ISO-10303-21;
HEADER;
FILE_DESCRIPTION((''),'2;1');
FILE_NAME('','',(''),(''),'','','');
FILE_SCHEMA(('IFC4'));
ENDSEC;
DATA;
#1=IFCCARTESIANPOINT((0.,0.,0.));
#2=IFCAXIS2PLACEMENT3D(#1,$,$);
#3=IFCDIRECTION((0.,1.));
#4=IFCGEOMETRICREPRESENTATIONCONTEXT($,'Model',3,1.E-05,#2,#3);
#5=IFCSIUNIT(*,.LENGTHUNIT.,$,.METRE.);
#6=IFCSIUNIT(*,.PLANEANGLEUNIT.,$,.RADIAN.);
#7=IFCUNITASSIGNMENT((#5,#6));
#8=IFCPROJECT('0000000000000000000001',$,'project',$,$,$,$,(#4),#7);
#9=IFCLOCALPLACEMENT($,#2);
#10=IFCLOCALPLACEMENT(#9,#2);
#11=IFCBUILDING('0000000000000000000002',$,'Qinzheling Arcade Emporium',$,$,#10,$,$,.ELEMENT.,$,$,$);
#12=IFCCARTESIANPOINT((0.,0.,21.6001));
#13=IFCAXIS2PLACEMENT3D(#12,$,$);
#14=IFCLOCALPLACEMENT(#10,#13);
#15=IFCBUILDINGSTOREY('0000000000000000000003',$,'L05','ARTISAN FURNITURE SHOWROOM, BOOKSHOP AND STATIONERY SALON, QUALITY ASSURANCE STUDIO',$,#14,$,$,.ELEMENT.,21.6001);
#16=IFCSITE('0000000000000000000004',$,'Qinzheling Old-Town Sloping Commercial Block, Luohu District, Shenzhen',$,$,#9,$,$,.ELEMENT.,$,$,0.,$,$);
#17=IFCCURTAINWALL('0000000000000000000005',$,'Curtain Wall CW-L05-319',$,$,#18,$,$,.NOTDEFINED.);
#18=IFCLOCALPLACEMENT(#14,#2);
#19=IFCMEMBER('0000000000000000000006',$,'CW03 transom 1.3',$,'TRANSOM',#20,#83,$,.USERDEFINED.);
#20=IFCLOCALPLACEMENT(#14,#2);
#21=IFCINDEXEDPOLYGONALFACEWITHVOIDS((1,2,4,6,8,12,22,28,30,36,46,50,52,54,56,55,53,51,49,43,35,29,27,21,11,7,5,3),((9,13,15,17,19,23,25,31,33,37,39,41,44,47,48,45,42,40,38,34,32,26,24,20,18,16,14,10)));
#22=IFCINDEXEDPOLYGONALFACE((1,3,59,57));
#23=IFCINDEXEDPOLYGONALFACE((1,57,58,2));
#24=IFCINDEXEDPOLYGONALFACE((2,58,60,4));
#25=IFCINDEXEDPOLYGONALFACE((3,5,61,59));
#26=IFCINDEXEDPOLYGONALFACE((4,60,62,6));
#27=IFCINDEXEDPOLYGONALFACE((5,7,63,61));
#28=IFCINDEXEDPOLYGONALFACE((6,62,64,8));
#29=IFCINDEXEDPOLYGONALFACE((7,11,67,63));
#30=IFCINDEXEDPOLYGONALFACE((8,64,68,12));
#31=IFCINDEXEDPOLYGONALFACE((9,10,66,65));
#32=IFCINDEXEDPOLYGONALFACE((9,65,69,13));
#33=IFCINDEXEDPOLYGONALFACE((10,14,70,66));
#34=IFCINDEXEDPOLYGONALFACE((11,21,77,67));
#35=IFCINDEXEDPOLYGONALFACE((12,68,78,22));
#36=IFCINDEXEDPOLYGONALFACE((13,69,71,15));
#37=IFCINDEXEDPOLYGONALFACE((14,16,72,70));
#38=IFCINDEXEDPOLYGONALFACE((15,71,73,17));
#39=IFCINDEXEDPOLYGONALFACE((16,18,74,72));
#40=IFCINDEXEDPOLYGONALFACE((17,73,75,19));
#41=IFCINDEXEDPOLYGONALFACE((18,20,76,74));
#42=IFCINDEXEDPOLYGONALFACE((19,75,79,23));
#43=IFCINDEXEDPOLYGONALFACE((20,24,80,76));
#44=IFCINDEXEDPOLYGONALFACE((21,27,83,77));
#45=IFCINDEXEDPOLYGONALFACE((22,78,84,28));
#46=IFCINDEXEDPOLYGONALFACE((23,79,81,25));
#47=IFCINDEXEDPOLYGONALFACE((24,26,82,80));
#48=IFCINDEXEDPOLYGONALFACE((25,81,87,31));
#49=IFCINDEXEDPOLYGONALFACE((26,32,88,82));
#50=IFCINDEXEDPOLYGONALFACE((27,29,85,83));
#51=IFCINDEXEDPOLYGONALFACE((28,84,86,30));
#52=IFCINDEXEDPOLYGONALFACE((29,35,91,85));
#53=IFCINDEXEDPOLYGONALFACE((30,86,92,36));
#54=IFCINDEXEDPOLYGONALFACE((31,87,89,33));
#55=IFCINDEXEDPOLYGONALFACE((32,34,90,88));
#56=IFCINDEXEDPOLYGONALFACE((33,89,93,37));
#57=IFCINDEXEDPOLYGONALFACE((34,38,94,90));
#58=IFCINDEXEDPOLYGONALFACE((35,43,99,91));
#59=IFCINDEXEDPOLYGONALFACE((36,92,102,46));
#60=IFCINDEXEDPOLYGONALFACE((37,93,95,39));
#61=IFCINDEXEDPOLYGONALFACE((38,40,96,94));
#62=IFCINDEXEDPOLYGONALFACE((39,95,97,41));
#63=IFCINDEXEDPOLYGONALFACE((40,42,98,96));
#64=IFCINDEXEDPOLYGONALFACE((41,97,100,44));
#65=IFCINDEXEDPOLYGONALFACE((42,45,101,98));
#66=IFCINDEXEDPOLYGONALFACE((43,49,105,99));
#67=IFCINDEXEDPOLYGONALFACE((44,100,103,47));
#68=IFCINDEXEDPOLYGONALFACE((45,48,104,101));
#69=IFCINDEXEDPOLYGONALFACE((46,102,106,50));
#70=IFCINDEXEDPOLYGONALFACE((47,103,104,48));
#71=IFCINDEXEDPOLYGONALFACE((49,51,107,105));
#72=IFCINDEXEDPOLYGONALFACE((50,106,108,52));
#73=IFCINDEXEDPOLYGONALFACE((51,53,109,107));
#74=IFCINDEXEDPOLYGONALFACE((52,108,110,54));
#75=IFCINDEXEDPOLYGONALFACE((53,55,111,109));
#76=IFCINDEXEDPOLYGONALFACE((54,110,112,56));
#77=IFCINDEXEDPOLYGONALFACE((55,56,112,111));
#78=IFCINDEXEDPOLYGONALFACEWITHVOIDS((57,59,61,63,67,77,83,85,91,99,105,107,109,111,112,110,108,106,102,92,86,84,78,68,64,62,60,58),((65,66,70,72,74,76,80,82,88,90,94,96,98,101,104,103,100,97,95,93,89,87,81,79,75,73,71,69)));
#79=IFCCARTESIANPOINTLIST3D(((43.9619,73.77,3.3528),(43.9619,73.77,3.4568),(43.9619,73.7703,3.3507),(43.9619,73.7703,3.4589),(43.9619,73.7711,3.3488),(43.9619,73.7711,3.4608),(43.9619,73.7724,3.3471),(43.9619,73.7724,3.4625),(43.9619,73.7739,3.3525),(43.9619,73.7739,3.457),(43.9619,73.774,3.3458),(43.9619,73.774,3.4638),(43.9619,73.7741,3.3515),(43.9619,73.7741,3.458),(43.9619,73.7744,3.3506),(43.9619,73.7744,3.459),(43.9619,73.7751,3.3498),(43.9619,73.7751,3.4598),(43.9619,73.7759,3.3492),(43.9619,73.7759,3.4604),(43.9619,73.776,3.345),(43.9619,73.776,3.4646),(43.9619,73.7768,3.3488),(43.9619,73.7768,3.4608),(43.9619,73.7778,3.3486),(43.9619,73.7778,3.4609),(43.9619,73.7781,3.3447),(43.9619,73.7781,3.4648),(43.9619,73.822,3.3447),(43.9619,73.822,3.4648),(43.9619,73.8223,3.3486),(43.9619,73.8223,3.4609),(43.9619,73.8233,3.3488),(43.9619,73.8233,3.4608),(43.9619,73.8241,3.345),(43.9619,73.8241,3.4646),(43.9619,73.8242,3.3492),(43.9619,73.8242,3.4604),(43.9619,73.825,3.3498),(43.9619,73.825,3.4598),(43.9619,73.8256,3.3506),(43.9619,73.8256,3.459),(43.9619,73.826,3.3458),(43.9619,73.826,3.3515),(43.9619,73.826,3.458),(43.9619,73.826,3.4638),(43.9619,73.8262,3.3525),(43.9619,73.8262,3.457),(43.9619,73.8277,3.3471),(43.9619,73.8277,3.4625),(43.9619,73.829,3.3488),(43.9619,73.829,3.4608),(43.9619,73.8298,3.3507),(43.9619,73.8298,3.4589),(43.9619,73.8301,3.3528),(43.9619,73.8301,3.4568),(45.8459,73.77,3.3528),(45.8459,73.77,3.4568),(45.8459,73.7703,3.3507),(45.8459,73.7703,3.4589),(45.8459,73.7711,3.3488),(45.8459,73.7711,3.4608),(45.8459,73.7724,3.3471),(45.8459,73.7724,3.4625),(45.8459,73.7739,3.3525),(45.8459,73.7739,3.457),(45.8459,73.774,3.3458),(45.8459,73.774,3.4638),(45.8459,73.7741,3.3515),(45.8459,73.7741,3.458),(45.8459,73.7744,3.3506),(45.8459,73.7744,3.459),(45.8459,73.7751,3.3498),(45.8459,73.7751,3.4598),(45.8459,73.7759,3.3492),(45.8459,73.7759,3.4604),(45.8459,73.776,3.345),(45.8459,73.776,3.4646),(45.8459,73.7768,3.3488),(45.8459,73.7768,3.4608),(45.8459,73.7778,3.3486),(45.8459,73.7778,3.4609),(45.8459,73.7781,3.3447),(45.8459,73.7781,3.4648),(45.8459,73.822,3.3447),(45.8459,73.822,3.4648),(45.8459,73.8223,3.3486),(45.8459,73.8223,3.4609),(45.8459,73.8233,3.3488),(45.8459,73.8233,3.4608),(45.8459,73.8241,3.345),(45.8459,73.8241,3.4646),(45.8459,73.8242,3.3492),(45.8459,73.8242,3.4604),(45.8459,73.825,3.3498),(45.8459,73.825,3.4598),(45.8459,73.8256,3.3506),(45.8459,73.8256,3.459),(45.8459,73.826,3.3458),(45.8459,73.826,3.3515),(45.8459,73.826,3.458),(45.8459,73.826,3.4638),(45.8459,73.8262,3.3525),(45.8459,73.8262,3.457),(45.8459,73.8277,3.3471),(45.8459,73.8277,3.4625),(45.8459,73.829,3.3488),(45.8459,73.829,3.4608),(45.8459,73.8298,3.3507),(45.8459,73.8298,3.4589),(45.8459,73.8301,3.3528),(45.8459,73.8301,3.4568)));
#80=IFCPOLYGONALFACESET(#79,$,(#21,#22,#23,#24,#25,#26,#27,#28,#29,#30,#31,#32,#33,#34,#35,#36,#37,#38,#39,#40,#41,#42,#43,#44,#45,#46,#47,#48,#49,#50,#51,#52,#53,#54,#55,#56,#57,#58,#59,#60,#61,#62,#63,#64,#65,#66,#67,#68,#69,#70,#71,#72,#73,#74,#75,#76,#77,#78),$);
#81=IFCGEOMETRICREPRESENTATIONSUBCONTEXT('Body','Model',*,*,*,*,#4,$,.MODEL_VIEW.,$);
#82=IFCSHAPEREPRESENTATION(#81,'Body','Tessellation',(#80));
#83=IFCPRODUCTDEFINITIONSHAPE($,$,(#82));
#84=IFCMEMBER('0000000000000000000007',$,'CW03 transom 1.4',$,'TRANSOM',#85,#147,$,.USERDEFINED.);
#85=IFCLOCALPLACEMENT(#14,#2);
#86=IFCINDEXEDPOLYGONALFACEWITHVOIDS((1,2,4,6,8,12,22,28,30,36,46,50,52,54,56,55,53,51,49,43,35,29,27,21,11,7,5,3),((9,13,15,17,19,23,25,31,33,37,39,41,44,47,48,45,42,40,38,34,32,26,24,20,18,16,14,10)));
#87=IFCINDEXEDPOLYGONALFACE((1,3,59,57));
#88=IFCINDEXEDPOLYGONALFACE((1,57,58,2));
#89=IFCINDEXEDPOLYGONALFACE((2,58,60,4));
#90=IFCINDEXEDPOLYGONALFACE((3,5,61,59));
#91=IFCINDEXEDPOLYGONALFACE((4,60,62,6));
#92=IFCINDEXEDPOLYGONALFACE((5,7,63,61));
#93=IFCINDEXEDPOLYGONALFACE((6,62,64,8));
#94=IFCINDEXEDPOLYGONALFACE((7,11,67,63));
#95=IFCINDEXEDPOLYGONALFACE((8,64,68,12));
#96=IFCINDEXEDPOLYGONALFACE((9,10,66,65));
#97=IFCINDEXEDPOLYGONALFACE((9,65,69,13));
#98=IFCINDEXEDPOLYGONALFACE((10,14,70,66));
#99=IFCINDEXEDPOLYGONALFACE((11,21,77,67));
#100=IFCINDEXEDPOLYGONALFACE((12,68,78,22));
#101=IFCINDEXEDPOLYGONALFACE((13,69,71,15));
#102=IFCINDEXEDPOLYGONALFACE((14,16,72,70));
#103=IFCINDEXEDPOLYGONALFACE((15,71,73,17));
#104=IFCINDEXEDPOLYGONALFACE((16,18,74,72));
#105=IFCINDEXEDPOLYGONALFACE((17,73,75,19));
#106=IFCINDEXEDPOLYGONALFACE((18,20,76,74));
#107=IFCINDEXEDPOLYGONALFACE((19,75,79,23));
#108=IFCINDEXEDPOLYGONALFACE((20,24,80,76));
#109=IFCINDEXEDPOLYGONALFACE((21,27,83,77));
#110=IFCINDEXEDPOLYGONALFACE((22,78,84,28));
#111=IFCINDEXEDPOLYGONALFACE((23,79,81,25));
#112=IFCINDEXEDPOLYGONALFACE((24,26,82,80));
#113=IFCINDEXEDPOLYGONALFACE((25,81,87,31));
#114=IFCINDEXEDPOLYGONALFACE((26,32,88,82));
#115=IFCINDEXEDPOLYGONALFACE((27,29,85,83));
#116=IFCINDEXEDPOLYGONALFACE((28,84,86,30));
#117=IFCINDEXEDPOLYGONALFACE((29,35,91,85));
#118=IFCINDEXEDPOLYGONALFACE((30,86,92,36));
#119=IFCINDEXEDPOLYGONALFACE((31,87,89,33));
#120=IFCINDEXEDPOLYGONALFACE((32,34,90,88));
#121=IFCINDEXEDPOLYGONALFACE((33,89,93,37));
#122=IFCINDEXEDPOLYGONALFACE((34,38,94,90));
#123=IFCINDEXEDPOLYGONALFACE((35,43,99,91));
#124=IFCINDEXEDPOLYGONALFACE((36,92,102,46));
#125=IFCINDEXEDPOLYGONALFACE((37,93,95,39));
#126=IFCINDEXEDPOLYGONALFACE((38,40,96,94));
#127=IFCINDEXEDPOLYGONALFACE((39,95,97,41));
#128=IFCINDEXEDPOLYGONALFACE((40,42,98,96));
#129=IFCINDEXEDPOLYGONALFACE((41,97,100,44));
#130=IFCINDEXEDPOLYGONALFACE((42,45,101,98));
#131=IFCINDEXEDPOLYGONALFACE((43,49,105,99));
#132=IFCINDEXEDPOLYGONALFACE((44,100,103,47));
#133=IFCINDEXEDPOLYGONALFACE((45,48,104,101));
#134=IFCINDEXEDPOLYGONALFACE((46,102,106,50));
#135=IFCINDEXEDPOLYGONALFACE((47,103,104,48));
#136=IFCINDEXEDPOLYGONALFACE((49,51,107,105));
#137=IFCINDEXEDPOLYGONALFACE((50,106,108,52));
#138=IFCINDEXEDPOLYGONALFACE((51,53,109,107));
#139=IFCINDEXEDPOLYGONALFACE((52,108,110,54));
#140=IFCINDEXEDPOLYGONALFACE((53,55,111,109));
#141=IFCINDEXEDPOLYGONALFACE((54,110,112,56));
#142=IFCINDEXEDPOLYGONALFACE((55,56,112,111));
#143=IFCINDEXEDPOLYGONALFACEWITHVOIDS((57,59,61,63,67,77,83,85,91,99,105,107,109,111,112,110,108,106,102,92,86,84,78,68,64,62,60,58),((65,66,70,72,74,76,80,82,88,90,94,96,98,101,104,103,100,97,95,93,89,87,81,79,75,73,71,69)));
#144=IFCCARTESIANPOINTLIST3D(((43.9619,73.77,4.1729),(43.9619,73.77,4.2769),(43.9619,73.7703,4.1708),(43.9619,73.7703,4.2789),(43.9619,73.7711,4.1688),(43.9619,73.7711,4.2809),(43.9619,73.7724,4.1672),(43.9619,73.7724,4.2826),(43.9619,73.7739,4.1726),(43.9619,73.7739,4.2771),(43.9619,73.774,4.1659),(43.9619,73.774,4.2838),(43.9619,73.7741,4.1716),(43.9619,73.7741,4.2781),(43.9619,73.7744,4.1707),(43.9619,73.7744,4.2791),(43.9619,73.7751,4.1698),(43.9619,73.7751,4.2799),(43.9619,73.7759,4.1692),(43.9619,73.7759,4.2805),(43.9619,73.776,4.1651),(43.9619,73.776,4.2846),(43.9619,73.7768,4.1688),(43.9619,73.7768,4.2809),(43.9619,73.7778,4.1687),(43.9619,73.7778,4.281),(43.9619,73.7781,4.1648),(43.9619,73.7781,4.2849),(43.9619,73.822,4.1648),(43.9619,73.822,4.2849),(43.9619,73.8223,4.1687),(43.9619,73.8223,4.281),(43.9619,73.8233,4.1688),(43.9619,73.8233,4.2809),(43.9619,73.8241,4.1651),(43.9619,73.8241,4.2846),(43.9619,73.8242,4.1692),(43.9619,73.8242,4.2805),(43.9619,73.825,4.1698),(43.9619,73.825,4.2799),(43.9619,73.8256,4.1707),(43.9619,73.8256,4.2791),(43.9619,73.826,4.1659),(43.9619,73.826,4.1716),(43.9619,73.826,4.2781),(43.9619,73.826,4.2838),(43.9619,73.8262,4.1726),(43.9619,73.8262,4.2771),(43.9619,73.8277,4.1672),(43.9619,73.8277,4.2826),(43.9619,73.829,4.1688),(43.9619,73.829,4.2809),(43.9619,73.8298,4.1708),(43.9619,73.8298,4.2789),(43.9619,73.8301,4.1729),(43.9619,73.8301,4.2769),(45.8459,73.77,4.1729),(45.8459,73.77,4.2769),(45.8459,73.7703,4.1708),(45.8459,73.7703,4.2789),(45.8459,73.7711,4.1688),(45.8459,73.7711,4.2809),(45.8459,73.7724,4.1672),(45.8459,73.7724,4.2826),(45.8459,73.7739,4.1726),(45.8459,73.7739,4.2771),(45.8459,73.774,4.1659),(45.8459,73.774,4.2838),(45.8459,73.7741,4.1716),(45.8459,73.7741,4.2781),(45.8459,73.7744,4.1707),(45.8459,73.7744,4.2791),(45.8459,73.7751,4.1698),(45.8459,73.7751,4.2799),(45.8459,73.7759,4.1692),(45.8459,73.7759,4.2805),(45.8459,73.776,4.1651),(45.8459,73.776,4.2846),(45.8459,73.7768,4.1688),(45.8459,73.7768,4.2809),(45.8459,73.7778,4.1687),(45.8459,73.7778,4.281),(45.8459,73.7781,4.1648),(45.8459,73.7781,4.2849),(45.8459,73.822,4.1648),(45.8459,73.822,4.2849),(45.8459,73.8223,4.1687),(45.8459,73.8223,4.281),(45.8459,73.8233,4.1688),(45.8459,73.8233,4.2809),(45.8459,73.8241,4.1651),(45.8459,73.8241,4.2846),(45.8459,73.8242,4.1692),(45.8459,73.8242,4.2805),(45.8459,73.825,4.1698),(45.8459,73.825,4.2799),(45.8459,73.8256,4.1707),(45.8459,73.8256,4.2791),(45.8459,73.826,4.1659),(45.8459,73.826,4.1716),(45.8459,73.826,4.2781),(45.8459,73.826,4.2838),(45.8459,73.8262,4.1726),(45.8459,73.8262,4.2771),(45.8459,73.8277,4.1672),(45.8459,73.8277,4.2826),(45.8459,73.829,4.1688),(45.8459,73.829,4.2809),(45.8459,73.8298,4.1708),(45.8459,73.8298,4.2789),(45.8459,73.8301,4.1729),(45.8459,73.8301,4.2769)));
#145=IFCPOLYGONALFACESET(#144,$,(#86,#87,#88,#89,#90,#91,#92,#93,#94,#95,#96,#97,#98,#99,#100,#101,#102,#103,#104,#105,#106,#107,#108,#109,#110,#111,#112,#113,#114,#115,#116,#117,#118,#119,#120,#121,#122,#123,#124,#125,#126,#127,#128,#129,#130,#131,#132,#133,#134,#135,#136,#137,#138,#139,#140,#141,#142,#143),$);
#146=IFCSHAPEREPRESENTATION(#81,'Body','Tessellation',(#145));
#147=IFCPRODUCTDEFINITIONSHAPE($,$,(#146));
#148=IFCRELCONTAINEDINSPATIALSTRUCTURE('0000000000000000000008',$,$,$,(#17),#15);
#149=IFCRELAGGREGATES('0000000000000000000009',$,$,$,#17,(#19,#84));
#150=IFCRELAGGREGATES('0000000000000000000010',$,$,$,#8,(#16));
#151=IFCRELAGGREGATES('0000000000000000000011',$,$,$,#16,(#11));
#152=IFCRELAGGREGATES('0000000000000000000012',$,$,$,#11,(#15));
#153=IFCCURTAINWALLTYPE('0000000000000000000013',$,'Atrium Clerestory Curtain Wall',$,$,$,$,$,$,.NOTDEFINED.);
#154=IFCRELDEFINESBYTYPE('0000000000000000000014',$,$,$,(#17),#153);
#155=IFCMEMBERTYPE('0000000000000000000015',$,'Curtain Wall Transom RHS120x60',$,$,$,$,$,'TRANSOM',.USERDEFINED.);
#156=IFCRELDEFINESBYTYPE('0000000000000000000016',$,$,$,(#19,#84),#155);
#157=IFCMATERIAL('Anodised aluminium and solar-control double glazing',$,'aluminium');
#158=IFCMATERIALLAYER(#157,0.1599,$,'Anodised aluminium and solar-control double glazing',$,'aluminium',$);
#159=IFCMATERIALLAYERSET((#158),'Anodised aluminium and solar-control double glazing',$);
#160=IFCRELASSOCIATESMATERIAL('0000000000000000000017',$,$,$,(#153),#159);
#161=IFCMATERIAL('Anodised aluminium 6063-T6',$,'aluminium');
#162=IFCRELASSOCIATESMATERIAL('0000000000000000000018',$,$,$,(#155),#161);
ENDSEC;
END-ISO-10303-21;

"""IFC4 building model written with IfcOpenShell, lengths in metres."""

from ifc_helpers import new_model, si_unit, direction, frame, origin, origin_2d, place, context, subcontext, project, spatial, hollow_rectangle, extrude, material, layer, layer_set, material_profile, profile_set, type_object, element, aggregate, save


model = new_model("IFC4")

# Units and contexts
model_context = context("Model", 3, precision=1e-05, world=origin(), true_north=direction((0.0, 1.0)))
body_context = subcontext(model_context, "Body", "Model", "MODEL_VIEW")
ifc_project = project(units=[si_unit("LENGTHUNIT", "METRE"), si_unit("PLANEANGLEUNIT", "RADIAN")], contexts=[model_context])

# Site, building, storey
site_placement = place(None, origin())
site = spatial("IfcSite", under=ifc_project, at=site_placement, Name="Qinzheling Old-Town Sloping Commercial Block, Luohu District, Shenzhen", CompositionType="ELEMENT", RefElevation=0.0)
building_placement = place(site_placement, origin())
building = spatial("IfcBuilding", under=site, at=building_placement, Name="Qinzheling Arcade Emporium", CompositionType="ELEMENT")
storey_placement = place(building_placement, frame((0.0, 0.0, 21.6001)))
storey = spatial("IfcBuildingStorey", under=building, at=storey_placement, Name="L05", Description="ARTISAN FURNITURE SHOWROOM, BOOKSHOP AND STATIONERY SALON, QUALITY ASSURANCE STUDIO", CompositionType="ELEMENT", Elevation=21.6001)

# Curtain wall, members
ifc_material_1 = material(Name="Anodised aluminium and solar-control double glazing", Category="aluminium")
ifc_layer_1 = layer(ifc_material_1, 0.1599, Name="Anodised aluminium and solar-control double glazing", Category="aluminium")
ifc_layer_set_1 = layer_set([ifc_layer_1], Name="Anodised aluminium and solar-control double glazing")
curtain_wall_type = type_object("IfcCurtainWallType", Name="Atrium Clerestory Curtain Wall", PredefinedType="NOTDEFINED", material=ifc_layer_set_1)
curtain_wall_placement = place(storey_placement, origin())
curtain_wall = element("IfcCurtainWall", 1, at=curtain_wall_placement, inside=storey, type_object=curtain_wall_type, Name="Curtain Wall CW-L05-319", PredefinedType="NOTDEFINED")
ifc_material_2 = material(Name="Anodised aluminium 6063-T6", Category="aluminium")
ifc_material_profile_1 = material_profile(ifc_material_2, hollow_rectangle(XDim=0.0601, YDim=0.1201, WallThickness=0.0039, InnerFilletRadius=0.0039, OuterFilletRadius=0.0081, at=origin_2d()), Name="RHS 120x60x4", Category="aluminium")
ifc_profile_set_1 = profile_set([ifc_material_profile_1], Name="Anodised aluminium 6063-T6")
member_type_1 = type_object("IfcMemberType", Name="Curtain Wall Transom RHS120x60", ElementType="TRANSOM", PredefinedType="USERDEFINED", material=ifc_profile_set_1)
member_1_placement = place(storey_placement, frame((43.9619, 73.8, 3.4048), z_axis=(1.0, 0.0, 0.0), x_axis=(0.0, 1.0, 0.0)))
member_1 = element("IfcMember", 2, at=member_1_placement, type_object=member_type_1, Name="CW03 transom 1.3", ObjectType="TRANSOM", PredefinedType="USERDEFINED", context=body_context, shape_type="SweptSolid", body=[
    extrude(hollow_rectangle(XDim=0.0601, YDim=0.1201, WallThickness=0.0039, InnerFilletRadius=0.0039, OuterFilletRadius=0.0081, at=origin_2d()), origin(), (0.0, 0.0, 1.0), 1.884),
])
member_2_placement = place(storey_placement, frame((43.9619, 73.8, 4.2249), z_axis=(1.0, 0.0, 0.0), x_axis=(0.0, 1.0, 0.0)))
member_2 = element("IfcMember", 3, at=member_2_placement, type_object=member_type_1, Name="CW03 transom 1.4", ObjectType="TRANSOM", PredefinedType="USERDEFINED", context=body_context, shape_type="SweptSolid", body=[
    extrude(hollow_rectangle(XDim=0.0601, YDim=0.1201, WallThickness=0.0039, InnerFilletRadius=0.0039, OuterFilletRadius=0.0081, at=origin_2d()), origin(), (0.0, 0.0, 1.0), 1.884),
])

aggregate(curtain_wall, [member_1, member_2])

save(model, "model.ifc")
